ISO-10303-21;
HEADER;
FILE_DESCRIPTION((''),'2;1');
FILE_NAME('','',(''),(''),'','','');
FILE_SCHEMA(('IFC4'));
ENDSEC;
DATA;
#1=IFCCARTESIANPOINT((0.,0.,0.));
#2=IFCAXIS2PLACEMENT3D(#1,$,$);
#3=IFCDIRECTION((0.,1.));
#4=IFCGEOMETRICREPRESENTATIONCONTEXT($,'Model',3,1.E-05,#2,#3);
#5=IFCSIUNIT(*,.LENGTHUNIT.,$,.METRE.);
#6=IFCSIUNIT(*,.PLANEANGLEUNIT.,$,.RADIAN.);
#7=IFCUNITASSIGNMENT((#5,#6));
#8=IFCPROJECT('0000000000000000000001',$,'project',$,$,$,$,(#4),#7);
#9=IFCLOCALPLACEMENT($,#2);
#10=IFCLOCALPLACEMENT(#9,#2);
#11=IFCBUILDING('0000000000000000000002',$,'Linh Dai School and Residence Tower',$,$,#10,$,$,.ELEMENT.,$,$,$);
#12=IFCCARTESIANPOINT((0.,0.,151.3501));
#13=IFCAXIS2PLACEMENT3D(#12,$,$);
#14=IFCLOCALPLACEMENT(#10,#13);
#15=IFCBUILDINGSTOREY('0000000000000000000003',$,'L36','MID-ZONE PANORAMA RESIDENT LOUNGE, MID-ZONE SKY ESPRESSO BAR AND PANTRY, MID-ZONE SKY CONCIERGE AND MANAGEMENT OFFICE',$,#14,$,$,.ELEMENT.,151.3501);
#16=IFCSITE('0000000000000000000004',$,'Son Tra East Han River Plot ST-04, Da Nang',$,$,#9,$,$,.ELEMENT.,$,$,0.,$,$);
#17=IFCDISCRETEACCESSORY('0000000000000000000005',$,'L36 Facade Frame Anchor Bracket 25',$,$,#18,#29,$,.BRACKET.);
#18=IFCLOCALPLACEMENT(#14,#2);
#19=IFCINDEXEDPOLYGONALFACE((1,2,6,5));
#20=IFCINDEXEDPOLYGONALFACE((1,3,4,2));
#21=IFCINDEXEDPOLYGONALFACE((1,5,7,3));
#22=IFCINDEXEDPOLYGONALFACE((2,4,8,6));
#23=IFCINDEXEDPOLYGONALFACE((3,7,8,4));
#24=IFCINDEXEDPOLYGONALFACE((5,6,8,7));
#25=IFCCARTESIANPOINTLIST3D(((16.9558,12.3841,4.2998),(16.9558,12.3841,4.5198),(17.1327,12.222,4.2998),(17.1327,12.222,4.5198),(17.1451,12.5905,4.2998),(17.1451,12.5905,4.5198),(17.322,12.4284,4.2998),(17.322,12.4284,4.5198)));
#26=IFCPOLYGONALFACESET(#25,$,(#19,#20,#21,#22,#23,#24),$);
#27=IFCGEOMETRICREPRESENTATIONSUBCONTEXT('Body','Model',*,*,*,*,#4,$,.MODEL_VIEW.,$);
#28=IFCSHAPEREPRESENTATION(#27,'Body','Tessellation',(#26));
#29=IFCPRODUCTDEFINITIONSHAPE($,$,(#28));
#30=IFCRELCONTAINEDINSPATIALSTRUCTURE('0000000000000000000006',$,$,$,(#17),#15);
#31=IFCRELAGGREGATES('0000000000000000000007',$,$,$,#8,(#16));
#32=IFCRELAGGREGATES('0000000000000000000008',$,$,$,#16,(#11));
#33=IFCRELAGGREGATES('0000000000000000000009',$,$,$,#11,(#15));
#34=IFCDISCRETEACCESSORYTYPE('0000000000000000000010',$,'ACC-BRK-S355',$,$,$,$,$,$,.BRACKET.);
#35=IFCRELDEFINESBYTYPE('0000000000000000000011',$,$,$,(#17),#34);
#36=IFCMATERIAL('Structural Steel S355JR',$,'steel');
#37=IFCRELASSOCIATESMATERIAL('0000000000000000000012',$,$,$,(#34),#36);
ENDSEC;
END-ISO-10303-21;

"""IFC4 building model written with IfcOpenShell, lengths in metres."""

from ifc_helpers import new_model, si_unit, direction, frame, origin, origin_2d, place, context, subcontext, project, spatial, rectangle, extrude, source, transform, mapped, material, type_object, element, save


model = new_model("IFC4")

# Units and contexts
model_context = context("Model", 3, precision=1e-05, world=origin(), true_north=direction((0.0, 1.0)))
body_context = subcontext(model_context, "Body", "Model", "MODEL_VIEW")
ifc_project = project(units=[si_unit("LENGTHUNIT", "METRE"), si_unit("PLANEANGLEUNIT", "RADIAN")], contexts=[model_context])

# Site, building, storey
site_placement = place(None, origin())
site = spatial("IfcSite", under=ifc_project, at=site_placement, Name="Son Tra East Han River Plot ST-04, Da Nang", CompositionType="ELEMENT", RefElevation=0.0)
building_placement = place(site_placement, origin())
building = spatial("IfcBuilding", under=site, at=building_placement, Name="Linh Dai School and Residence Tower", CompositionType="ELEMENT")
storey_placement = place(building_placement, frame((0.0, 0.0, 151.3501)))
storey = spatial("IfcBuildingStorey", under=building, at=storey_placement, Name="L36", Description="MID-ZONE PANORAMA RESIDENT LOUNGE, MID-ZONE SKY ESPRESSO BAR AND PANTRY, MID-ZONE SKY CONCIERGE AND MANAGEMENT OFFICE", CompositionType="ELEMENT", Elevation=151.3501)

# Discrete accessory
ifc_material_1 = material(Name="Structural Steel S355JR", Category="steel")
discrete_accessory_type = type_object("IfcDiscreteAccessoryType", Name="ACC-BRK-S355", PredefinedType="BRACKET", material=ifc_material_1)
shared_shape_1 = source(origin(), body_context, "Body", "SweptSolid", [
    extrude(rectangle(XDim=0.28, YDim=0.24, at=origin_2d()), origin(), (0.0, 0.0, 1.0), 0.22),
])
discrete_accessory_placement = place(storey_placement, frame((17.1389, 12.4062, 4.2998), z_axis=(0.0, 0.0, 1.0), x_axis=(-0.6758, -0.737085, 0.0)))
element("IfcDiscreteAccessory", 1, at=discrete_accessory_placement, inside=storey, type_object=discrete_accessory_type, Name="L36 Facade Frame Anchor Bracket 25", PredefinedType="BRACKET", context=body_context, shape_type="MappedRepresentation", body=[
    mapped(shared_shape_1, transform((0.0, 0.0, 0.0), x_axis=(1.0, 0.0, 0.0), y_axis=(0.0, 1.0, 0.0), z_axis=(0.0, 0.0, 1.0), scale=1.0)),
])

save(model, "model.ifc")
